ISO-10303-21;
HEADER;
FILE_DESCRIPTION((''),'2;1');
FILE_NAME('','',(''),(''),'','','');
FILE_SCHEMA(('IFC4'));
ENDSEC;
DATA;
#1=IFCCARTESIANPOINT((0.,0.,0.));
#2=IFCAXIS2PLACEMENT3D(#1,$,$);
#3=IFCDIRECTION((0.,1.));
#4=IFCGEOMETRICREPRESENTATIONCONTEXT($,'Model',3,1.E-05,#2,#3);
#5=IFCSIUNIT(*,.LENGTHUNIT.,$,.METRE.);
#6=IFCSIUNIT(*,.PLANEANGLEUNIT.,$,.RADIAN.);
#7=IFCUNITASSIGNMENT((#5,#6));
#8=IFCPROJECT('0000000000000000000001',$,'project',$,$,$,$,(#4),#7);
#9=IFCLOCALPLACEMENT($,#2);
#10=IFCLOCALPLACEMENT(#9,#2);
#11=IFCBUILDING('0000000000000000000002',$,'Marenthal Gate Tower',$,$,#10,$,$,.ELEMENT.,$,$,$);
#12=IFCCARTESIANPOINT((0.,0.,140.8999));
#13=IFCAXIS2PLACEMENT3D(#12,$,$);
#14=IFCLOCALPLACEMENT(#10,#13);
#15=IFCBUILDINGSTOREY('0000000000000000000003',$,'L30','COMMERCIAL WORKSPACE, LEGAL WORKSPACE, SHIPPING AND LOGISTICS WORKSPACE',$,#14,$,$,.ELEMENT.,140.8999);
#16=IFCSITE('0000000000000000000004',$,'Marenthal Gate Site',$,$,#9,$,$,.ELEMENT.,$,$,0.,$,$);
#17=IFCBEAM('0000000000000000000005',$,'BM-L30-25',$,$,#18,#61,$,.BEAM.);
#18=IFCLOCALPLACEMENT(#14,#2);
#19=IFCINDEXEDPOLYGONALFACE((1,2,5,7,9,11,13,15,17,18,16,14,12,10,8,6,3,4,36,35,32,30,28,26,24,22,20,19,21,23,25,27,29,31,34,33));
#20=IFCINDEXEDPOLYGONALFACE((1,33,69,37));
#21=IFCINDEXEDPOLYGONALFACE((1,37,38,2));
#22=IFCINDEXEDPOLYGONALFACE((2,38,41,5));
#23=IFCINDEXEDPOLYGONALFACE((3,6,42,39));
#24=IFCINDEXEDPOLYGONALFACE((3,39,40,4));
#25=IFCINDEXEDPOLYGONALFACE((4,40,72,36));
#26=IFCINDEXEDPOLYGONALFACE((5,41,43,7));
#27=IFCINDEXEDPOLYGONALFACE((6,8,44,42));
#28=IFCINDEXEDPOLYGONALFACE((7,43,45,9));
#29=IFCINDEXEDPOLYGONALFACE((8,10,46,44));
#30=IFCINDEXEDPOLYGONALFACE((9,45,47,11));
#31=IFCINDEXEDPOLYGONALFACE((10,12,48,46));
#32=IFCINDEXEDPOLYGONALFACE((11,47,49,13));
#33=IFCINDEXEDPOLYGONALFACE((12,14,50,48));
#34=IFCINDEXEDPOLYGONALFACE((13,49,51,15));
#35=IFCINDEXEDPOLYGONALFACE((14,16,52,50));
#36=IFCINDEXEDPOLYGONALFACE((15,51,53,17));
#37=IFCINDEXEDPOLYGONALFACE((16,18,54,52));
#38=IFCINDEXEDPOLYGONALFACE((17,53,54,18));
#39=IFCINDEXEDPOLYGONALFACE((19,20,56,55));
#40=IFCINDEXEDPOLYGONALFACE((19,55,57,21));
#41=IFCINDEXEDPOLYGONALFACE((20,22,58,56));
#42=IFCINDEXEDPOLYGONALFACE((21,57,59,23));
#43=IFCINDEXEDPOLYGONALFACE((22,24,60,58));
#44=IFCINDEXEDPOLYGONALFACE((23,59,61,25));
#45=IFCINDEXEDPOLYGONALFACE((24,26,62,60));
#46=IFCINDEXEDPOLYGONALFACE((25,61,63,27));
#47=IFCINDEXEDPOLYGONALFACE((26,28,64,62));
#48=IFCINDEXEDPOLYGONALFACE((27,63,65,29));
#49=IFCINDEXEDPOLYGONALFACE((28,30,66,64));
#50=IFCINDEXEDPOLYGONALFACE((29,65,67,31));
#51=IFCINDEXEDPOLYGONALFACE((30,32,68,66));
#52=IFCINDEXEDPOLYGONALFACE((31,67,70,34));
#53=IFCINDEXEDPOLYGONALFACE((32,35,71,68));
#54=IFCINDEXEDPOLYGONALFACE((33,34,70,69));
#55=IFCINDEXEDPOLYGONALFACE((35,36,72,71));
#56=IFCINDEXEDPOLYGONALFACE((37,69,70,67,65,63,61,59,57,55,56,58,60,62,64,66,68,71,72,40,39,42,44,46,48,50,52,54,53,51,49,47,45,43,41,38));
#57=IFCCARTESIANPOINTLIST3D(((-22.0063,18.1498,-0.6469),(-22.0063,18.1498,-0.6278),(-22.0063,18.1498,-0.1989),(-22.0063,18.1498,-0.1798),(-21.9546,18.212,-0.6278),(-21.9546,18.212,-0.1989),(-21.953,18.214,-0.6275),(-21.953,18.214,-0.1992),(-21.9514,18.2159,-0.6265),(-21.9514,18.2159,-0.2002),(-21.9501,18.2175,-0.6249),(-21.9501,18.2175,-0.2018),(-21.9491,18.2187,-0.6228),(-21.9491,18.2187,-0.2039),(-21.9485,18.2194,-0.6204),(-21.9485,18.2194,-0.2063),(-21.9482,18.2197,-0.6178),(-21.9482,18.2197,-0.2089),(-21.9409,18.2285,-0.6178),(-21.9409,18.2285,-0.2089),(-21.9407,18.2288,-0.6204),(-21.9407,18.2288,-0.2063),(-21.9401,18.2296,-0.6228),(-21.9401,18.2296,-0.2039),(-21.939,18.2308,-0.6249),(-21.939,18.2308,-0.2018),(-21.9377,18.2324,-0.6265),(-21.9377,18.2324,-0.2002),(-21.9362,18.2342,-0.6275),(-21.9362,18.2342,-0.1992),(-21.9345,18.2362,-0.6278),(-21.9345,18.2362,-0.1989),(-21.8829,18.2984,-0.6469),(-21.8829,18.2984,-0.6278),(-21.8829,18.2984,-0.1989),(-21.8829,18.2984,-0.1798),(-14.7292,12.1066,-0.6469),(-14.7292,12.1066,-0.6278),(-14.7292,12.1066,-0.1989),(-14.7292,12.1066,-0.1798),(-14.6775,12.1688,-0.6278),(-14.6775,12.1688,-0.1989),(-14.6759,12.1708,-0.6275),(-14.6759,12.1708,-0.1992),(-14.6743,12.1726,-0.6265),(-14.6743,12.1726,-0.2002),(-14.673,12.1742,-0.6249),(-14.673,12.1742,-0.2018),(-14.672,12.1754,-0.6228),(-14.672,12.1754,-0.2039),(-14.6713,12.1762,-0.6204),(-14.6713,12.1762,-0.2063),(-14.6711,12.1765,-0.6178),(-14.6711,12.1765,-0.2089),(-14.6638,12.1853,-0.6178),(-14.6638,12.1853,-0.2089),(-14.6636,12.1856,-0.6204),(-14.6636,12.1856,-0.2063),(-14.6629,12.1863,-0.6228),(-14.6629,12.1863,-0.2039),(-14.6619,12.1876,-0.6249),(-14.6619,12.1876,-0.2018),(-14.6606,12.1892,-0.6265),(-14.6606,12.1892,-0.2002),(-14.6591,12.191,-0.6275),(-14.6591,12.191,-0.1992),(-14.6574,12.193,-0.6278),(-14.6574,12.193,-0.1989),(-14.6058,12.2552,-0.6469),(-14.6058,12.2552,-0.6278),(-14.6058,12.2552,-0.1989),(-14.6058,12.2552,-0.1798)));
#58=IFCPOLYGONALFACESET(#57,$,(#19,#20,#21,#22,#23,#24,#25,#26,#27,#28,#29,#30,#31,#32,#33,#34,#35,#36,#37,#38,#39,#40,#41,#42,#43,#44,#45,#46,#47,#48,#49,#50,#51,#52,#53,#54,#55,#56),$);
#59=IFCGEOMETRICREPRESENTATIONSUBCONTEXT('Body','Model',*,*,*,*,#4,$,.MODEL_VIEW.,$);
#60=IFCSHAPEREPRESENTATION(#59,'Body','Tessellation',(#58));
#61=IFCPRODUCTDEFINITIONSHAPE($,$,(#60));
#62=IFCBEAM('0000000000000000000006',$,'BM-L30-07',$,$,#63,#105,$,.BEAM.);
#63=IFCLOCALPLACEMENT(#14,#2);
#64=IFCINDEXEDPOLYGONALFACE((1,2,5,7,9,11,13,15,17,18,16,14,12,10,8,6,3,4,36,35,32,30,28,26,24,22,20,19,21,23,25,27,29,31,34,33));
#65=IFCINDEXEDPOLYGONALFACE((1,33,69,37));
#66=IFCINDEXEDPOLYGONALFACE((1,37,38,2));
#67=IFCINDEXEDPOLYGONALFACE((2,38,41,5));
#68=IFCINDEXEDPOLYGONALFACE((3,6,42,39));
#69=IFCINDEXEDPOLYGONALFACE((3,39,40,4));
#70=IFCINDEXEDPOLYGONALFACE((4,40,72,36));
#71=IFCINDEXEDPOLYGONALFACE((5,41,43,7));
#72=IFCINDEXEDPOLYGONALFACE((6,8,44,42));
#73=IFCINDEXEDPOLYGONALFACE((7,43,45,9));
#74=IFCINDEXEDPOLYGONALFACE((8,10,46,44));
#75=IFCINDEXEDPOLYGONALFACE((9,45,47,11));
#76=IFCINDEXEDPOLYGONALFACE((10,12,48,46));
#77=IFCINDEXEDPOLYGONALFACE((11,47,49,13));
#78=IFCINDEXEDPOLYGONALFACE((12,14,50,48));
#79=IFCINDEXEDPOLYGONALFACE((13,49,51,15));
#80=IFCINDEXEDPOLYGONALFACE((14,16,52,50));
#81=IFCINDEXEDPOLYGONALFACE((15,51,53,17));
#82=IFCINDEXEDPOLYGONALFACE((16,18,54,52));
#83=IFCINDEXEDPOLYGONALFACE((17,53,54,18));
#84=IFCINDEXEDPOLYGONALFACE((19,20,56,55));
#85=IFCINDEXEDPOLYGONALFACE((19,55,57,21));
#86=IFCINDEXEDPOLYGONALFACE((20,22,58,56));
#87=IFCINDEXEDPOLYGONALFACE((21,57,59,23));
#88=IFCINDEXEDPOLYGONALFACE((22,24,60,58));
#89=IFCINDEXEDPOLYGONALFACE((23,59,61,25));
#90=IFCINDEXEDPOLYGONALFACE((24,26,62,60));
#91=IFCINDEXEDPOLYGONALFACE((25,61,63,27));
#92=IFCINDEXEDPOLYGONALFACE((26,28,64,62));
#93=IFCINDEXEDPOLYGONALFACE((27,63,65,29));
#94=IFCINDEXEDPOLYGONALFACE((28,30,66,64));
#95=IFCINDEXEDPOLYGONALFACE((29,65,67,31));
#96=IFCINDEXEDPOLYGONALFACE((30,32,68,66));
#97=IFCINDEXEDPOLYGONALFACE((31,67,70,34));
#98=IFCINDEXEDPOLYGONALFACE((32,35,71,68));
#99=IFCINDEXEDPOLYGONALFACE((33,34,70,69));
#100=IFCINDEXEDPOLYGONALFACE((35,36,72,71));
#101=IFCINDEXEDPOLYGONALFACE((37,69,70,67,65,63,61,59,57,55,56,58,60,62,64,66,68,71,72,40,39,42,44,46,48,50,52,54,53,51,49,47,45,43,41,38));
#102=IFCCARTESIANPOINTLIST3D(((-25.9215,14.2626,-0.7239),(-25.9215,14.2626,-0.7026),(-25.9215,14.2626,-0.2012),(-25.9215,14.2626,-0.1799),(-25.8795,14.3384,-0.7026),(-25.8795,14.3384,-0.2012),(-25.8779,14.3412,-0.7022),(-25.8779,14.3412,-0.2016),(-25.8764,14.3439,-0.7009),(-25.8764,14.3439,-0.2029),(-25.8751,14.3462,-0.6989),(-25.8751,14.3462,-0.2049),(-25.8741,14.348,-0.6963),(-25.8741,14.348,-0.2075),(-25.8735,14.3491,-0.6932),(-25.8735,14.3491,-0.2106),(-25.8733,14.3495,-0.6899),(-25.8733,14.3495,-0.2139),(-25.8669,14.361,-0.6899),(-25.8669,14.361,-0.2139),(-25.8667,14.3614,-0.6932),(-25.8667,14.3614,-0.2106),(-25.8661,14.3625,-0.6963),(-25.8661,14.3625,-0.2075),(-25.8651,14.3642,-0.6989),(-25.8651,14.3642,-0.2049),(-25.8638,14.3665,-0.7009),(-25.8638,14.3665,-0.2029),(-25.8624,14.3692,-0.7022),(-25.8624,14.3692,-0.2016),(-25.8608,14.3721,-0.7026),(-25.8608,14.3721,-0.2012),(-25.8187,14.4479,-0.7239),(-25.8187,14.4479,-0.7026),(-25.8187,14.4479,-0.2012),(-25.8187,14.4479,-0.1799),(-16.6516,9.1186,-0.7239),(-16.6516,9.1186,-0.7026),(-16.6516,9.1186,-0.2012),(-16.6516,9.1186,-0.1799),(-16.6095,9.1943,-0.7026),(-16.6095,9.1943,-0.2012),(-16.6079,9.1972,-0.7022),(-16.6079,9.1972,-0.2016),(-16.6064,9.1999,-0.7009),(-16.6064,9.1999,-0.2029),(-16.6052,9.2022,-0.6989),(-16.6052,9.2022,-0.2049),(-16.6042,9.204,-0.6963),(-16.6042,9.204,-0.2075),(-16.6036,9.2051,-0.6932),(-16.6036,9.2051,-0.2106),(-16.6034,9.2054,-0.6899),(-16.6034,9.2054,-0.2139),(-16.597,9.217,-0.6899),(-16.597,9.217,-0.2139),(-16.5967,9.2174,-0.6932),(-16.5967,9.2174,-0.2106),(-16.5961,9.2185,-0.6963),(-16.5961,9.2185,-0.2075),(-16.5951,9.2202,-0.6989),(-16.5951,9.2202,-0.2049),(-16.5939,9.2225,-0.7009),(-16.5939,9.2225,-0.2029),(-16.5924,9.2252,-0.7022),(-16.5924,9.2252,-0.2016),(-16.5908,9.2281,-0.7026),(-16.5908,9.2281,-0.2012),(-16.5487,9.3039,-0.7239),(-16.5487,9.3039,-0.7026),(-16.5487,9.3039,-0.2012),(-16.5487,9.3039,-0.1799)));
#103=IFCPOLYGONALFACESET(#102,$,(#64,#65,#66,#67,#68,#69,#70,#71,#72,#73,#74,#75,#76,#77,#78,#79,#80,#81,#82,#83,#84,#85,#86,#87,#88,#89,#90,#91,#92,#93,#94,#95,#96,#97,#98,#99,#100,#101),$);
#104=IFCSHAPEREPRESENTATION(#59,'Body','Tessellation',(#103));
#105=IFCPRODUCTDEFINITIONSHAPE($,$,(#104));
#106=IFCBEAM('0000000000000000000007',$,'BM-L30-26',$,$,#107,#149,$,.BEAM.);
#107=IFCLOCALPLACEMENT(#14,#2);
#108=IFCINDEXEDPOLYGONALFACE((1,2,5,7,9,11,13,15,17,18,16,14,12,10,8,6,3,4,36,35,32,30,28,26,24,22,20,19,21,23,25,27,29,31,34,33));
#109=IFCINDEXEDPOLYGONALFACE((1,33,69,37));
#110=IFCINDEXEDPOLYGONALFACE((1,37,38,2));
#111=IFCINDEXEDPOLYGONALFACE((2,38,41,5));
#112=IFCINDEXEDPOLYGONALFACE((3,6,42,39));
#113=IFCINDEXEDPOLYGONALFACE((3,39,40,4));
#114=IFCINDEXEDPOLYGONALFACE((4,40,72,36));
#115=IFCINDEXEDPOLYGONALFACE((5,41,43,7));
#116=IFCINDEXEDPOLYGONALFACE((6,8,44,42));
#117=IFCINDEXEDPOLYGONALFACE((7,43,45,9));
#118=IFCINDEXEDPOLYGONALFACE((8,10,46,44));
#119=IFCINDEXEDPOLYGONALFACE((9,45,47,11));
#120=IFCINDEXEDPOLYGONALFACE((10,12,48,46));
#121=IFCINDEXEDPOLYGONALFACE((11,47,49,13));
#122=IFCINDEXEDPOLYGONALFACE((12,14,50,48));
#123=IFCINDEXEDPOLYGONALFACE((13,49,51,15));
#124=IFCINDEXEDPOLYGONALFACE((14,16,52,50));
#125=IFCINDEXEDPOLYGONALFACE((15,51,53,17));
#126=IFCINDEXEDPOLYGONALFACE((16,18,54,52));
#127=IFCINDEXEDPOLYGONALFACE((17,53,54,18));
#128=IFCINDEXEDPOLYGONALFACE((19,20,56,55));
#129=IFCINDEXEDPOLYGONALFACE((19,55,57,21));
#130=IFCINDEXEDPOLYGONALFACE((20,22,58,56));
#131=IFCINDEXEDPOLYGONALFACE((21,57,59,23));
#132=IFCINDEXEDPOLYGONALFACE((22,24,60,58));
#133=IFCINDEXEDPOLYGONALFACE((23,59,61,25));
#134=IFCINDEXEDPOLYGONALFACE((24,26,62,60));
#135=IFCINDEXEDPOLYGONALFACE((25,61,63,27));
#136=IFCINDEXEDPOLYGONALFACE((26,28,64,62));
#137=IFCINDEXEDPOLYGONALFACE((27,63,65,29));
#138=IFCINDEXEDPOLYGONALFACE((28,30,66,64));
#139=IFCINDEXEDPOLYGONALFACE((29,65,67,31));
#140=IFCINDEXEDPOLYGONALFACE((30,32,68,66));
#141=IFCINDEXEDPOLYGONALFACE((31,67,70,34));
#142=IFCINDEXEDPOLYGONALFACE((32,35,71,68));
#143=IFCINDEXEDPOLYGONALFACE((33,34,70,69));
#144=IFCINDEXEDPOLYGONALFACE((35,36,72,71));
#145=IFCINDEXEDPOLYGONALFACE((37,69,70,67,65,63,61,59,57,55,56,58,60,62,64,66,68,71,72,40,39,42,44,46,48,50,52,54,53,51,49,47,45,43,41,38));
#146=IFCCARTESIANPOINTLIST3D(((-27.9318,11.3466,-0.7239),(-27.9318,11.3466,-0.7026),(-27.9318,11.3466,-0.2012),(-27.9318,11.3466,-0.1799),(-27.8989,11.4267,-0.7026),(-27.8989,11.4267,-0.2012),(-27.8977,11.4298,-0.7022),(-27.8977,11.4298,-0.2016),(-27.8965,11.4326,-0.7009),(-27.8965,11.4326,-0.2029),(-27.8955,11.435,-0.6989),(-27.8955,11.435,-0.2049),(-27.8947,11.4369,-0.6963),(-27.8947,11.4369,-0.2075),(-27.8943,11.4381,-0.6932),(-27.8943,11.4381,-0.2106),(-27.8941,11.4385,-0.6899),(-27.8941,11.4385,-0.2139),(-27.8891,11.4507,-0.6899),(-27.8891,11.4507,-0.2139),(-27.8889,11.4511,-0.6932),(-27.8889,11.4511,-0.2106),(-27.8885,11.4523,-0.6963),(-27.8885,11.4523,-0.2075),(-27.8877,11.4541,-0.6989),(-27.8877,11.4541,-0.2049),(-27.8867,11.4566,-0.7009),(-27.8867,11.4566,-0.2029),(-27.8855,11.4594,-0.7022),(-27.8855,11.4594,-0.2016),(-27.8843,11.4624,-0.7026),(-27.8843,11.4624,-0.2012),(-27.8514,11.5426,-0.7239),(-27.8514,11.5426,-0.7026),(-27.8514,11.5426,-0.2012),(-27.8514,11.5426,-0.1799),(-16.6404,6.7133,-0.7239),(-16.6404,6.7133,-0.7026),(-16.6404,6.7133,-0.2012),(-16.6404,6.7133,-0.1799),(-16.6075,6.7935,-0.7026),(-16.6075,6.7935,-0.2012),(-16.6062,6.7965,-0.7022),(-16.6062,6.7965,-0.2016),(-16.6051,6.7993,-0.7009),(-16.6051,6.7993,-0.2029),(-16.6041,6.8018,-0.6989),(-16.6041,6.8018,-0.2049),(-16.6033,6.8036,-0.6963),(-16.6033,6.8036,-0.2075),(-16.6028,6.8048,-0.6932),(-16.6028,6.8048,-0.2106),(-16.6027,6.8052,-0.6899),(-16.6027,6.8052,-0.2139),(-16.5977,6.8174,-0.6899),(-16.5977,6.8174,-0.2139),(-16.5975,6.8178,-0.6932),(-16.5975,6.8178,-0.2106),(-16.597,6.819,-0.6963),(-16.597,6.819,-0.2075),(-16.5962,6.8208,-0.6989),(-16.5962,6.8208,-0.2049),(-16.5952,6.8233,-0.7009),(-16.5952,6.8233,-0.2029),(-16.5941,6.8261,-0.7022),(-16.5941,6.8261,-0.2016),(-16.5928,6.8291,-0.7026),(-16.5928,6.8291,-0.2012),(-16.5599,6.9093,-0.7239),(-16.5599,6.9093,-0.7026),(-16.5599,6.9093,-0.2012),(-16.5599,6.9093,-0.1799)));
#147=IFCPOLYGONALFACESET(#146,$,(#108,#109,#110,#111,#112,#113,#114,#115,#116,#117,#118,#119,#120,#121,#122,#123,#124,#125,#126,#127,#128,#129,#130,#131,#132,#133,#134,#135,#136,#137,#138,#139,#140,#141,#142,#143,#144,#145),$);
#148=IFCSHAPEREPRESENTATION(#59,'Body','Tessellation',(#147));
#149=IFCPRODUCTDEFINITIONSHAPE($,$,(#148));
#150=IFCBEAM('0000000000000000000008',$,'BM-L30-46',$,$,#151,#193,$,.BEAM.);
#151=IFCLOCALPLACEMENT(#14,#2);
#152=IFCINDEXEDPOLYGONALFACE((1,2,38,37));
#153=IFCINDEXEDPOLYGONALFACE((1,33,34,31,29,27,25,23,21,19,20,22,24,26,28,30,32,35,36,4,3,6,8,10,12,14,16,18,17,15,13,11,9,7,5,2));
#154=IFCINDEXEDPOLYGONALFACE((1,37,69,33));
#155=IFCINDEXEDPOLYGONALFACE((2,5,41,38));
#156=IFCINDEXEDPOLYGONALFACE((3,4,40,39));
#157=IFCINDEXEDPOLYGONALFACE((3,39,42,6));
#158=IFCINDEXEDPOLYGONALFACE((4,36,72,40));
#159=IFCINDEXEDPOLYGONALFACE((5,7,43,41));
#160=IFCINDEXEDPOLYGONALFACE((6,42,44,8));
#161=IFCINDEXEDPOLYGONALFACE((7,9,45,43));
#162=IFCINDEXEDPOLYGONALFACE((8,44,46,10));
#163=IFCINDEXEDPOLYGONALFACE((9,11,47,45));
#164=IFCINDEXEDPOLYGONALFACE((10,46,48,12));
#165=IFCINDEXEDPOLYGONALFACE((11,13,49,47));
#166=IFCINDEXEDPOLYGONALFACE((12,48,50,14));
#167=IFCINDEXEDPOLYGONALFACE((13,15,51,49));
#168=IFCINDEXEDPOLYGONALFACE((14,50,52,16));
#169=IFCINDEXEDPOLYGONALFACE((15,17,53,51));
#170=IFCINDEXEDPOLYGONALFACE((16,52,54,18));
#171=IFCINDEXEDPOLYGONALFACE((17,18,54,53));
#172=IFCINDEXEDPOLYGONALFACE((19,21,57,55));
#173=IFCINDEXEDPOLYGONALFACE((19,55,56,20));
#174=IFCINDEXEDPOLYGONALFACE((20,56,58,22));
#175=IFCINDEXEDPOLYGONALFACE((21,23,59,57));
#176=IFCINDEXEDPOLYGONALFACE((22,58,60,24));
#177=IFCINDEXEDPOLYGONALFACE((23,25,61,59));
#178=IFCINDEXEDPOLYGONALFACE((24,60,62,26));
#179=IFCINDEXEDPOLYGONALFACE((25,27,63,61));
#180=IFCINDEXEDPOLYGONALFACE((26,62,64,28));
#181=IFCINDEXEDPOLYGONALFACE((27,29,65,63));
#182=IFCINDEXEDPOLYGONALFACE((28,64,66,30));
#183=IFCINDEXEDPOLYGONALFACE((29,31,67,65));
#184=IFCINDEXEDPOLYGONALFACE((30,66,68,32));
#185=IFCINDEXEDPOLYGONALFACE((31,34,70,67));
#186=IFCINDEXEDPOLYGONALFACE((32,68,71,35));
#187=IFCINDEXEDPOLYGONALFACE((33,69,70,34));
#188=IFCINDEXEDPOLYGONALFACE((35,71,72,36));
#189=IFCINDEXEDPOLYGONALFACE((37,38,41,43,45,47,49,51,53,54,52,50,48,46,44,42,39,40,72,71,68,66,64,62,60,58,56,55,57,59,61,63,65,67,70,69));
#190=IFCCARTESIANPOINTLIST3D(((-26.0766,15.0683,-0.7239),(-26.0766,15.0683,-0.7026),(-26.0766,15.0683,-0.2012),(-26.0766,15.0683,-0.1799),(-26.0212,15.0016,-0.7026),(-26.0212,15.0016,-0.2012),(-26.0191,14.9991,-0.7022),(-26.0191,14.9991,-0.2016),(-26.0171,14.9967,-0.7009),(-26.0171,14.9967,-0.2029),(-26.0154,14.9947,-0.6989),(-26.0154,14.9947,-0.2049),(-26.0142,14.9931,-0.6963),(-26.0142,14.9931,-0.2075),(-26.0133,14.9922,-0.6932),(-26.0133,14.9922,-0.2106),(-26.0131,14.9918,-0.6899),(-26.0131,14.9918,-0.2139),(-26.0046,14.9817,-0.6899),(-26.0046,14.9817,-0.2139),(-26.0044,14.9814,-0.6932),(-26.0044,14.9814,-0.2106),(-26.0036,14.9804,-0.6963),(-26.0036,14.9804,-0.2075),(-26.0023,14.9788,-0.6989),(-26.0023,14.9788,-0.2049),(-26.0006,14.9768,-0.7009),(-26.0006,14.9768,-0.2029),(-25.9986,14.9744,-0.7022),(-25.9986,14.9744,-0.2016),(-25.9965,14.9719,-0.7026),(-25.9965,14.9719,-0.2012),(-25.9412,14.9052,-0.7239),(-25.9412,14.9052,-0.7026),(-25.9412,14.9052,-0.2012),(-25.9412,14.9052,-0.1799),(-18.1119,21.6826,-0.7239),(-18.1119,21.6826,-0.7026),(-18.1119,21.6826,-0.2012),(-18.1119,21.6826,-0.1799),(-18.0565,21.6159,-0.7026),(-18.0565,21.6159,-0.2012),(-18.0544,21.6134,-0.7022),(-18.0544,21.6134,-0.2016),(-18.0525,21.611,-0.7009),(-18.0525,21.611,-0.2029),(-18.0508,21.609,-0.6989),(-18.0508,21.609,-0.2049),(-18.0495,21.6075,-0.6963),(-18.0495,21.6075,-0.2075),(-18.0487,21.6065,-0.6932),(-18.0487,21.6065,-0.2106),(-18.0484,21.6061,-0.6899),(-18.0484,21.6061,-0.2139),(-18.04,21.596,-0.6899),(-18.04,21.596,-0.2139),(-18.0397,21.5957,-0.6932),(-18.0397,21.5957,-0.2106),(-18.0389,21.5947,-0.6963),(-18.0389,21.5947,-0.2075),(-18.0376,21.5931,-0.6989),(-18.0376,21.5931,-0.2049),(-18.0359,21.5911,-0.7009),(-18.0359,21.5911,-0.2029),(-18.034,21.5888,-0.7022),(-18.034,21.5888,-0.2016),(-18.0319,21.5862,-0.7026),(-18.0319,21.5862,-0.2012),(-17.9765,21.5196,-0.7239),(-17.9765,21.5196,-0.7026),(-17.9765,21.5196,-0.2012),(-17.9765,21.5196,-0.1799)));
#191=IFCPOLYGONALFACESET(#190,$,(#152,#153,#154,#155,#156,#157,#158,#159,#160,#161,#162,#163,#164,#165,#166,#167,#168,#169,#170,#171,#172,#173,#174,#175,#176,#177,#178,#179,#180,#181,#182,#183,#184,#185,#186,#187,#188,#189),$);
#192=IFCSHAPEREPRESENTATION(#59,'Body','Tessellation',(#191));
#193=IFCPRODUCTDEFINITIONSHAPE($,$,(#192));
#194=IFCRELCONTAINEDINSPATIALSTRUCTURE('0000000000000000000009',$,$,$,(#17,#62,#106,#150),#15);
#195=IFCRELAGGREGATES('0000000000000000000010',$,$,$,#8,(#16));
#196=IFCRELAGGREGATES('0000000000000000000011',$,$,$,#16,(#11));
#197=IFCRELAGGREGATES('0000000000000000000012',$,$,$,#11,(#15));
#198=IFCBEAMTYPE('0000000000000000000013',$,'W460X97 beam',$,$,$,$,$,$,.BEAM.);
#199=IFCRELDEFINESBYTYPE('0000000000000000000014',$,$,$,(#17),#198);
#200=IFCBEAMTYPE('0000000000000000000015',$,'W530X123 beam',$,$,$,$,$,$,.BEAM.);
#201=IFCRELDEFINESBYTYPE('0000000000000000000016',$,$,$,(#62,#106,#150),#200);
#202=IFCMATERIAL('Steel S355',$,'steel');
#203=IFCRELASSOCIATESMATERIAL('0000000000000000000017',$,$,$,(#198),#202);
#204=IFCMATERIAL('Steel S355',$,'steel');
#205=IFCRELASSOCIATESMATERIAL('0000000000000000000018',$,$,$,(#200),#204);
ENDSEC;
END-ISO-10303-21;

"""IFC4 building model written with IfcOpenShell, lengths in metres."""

from ifc_helpers import new_model, si_unit, direction, frame, origin, origin_2d, place, context, subcontext, project, spatial, i_section, extrude, material, material_profile, profile_set, type_object, element, save


model = new_model("IFC4")

# Units and contexts
model_context = context("Model", 3, precision=1e-05, world=origin(), true_north=direction((0.0, 1.0)))
body_context = subcontext(model_context, "Body", "Model", "MODEL_VIEW")
ifc_project = project(units=[si_unit("LENGTHUNIT", "METRE"), si_unit("PLANEANGLEUNIT", "RADIAN")], contexts=[model_context])

# Site, building, storey
site_placement = place(None, origin())
site = spatial("IfcSite", under=ifc_project, at=site_placement, Name="Marenthal Gate Site", CompositionType="ELEMENT", RefElevation=0.0)
building_placement = place(site_placement, origin())
building = spatial("IfcBuilding", under=site, at=building_placement, Name="Marenthal Gate Tower", CompositionType="ELEMENT")
storey_placement = place(building_placement, frame((0.0, 0.0, 140.8999)))
storey = spatial("IfcBuildingStorey", under=building, at=storey_placement, Name="L30", Description="COMMERCIAL WORKSPACE, LEGAL WORKSPACE, SHIPPING AND LOGISTICS WORKSPACE", CompositionType="ELEMENT", Elevation=140.8999)

# Beams
ifc_material_1 = material(Name="Steel S355", Category="steel")
ifc_material_profile_1 = material_profile(ifc_material_1, i_section(OverallWidth=0.1931, OverallDepth=0.467, WebThickness=0.0115, FlangeThickness=0.019, FilletRadius=0.01, at=origin_2d()), Name="W460X97")
ifc_profile_set_1 = profile_set([ifc_material_profile_1], Name="Steel S355")
beam_type_1 = type_object("IfcBeamType", Name="W460X97 beam", PredefinedType="BEAM", material=ifc_profile_set_1)
beam_1_placement = place(storey_placement, frame((-21.9446, 18.2241, -0.4133), z_axis=(0.769314, -0.638871, 0.0), x_axis=(0.638871, 0.769314, 0.0)))
element("IfcBeam", 1, at=beam_1_placement, inside=storey, type_object=beam_type_1, Name="BM-L30-25", PredefinedType="BEAM", context=body_context, shape_type="SweptSolid", body=[
    extrude(i_section(OverallWidth=0.1931, OverallDepth=0.467, WebThickness=0.0115, FlangeThickness=0.019, FilletRadius=0.01, at=origin_2d()), origin(), (0.0, 0.0, 1.0), 9.4592),
])
ifc_material_2 = material(Name="Steel S355", Category="steel")
ifc_material_profile_2 = material_profile(ifc_material_2, i_section(OverallWidth=0.2119, OverallDepth=0.5439, WebThickness=0.0132, FlangeThickness=0.0212, FilletRadius=0.0127, at=origin_2d()), Name="W530X123")
ifc_profile_set_2 = profile_set([ifc_material_profile_2], Name="Steel S355")
beam_type_2 = type_object("IfcBeamType", Name="W530X123 beam", PredefinedType="BEAM", material=ifc_profile_set_2)
beam_2_placement = place(storey_placement, frame((-25.8701, 14.3552, -0.4519), z_axis=(0.874396, -0.485213, 0.0), x_axis=(0.485213, 0.874396, 0.0)))
element("IfcBeam", 2, at=beam_2_placement, inside=storey, type_object=beam_type_2, Name="BM-L30-07", PredefinedType="BEAM", context=body_context, shape_type="SweptSolid", body=[
    extrude(i_section(OverallWidth=0.2119, OverallDepth=0.5439, WebThickness=0.0132, FlangeThickness=0.0212, FilletRadius=0.0127, at=origin_2d()), origin(), (0.0, 0.0, 1.0), 10.6016),
])
beam_3_placement = place(storey_placement, frame((-27.8916, 11.4446, -0.4519), z_axis=(0.925143, -0.379619, 0.0), x_axis=(0.379619, 0.925143, 0.0)))
element("IfcBeam", 3, at=beam_3_placement, inside=storey, type_object=beam_type_2, Name="BM-L30-26", PredefinedType="BEAM", context=body_context, shape_type="SweptSolid", body=[
    extrude(i_section(OverallWidth=0.2119, OverallDepth=0.5439, WebThickness=0.0132, FlangeThickness=0.0212, FilletRadius=0.0127, at=origin_2d()), origin(), (0.0, 0.0, 1.0), 12.2051),
])
beam_4_placement = place(storey_placement, frame((-18.0442, 21.6011, -0.4519), z_axis=(-0.769308, -0.638878, 0.0), x_axis=(0.638878, -0.769308, 0.0)))
element("IfcBeam", 4, at=beam_4_placement, inside=storey, type_object=beam_type_2, Name="BM-L30-46", PredefinedType="BEAM", context=body_context, shape_type="SweptSolid", body=[
    extrude(i_section(OverallWidth=0.2119, OverallDepth=0.5439, WebThickness=0.0132, FlangeThickness=0.0212, FilletRadius=0.0127, at=origin_2d()), origin(), (0.0, 0.0, 1.0), 10.353),
])

save(model, "model.ifc")
